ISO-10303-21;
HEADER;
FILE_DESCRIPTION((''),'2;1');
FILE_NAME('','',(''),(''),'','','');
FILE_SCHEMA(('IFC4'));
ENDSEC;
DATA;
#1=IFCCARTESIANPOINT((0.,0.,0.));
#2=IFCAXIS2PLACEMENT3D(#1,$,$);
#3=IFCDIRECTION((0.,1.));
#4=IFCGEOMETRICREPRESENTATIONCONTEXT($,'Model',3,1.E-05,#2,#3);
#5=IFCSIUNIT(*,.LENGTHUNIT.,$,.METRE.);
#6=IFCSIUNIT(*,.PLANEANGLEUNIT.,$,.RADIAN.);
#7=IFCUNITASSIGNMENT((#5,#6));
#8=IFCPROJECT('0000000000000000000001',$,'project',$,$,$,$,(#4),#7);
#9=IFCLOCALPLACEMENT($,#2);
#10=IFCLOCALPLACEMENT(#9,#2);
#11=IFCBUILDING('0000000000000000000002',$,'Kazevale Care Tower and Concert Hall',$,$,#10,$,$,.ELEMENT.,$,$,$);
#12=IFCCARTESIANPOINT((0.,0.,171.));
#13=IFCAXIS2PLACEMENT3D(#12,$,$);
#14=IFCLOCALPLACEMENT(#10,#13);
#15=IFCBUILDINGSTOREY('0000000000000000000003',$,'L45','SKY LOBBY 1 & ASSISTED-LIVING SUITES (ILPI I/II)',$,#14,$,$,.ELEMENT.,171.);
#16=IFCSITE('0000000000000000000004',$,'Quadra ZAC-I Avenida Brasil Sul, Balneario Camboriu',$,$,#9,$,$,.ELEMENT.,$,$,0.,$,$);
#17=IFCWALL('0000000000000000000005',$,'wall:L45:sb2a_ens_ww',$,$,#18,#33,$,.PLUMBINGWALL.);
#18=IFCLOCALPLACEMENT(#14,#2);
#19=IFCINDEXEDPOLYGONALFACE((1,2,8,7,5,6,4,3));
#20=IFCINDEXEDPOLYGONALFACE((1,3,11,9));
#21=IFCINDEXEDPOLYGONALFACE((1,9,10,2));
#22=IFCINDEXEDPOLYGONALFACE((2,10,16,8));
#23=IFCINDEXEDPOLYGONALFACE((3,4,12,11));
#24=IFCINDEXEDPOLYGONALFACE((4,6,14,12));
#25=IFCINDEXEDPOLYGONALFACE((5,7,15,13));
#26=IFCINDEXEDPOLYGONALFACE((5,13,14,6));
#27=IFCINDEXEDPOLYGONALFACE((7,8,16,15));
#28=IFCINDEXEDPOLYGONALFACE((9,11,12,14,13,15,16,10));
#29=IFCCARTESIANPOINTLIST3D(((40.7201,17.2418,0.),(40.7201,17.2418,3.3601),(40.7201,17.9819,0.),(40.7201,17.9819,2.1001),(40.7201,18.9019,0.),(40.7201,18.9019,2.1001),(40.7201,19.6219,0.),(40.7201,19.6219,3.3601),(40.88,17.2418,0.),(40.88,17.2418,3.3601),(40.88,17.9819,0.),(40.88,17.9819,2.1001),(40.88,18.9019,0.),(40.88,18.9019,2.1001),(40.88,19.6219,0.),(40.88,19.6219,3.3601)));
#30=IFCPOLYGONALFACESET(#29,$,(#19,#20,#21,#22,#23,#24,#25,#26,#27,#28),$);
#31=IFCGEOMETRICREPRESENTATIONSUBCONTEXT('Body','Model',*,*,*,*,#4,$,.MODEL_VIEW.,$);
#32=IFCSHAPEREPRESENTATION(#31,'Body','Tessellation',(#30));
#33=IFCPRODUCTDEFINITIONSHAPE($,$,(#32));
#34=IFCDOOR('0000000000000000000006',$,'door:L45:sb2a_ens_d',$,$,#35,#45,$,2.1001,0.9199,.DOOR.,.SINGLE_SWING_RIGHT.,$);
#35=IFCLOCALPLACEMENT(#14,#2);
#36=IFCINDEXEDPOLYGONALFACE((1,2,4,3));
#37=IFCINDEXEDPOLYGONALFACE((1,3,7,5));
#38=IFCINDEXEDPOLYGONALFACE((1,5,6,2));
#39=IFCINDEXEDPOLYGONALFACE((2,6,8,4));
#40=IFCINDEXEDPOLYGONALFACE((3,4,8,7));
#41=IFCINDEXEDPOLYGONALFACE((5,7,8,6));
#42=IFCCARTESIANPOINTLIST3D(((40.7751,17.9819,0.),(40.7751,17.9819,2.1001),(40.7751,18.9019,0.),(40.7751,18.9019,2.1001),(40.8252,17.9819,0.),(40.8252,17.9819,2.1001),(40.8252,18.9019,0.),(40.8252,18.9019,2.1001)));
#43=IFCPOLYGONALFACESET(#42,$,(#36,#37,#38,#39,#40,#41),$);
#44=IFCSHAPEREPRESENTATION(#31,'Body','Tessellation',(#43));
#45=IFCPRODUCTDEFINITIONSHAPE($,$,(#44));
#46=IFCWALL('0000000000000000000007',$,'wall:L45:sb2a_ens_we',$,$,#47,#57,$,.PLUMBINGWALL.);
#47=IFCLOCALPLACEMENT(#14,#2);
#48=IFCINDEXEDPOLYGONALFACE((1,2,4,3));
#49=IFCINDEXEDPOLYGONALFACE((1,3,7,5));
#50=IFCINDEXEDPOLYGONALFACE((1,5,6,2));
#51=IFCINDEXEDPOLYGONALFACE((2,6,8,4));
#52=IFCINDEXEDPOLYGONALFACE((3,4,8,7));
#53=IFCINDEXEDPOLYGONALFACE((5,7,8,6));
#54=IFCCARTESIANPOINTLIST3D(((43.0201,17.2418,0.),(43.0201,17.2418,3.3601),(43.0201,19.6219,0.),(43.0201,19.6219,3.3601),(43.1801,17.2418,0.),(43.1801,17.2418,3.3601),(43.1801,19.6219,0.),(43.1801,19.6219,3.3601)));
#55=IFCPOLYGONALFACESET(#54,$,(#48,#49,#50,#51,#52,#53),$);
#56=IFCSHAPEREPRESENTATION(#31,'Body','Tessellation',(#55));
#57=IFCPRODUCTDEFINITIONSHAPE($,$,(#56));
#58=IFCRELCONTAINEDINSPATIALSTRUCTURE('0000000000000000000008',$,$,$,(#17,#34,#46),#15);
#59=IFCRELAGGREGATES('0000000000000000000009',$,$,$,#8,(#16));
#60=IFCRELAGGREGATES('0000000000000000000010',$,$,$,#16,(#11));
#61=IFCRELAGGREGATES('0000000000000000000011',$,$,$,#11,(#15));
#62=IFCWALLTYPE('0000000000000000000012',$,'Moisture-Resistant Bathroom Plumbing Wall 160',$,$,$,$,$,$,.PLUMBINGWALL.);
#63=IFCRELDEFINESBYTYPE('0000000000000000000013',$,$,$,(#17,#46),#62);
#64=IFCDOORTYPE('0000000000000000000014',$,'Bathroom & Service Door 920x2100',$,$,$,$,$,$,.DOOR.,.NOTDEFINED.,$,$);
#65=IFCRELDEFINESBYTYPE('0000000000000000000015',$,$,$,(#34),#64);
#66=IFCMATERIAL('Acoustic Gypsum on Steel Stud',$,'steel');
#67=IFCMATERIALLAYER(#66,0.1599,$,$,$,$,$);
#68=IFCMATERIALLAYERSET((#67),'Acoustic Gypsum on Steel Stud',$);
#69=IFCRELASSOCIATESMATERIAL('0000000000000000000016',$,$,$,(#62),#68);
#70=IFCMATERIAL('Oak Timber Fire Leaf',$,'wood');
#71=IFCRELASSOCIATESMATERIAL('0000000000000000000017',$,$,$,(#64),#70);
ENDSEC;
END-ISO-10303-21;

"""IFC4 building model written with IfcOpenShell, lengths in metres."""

from ifc_helpers import new_model, si_unit, direction, frame, frame_2d, origin, place, context, subcontext, project, spatial, rectangle, extrude, material, layer, layer_set, type_object, element, fill, save


model = new_model("IFC4")

# Units and contexts
model_context = context("Model", 3, precision=1e-05, world=origin(), true_north=direction((0.0, 1.0)))
body_context = subcontext(model_context, "Body", "Model", "MODEL_VIEW")
ifc_project = project(units=[si_unit("LENGTHUNIT", "METRE"), si_unit("PLANEANGLEUNIT", "RADIAN")], contexts=[model_context])

# Site, building, storey
site_placement = place(None, origin())
site = spatial("IfcSite", under=ifc_project, at=site_placement, Name="Quadra ZAC-I Avenida Brasil Sul, Balneario Camboriu", CompositionType="ELEMENT", RefElevation=0.0)
building_placement = place(site_placement, origin())
building = spatial("IfcBuilding", under=site, at=building_placement, Name="Kazevale Care Tower and Concert Hall", CompositionType="ELEMENT")
storey_placement = place(building_placement, frame((0.0, 0.0, 171.0)))
storey = spatial("IfcBuildingStorey", under=building, at=storey_placement, Name="L45", Description="SKY LOBBY 1 & ASSISTED-LIVING SUITES (ILPI I/II)", CompositionType="ELEMENT", Elevation=171.0)

# Shared definitions
ifc_material_1 = material(Name="Acoustic Gypsum on Steel Stud", Category="steel")

# Shared definitions
ifc_material_2 = material(Name="Oak Timber Fire Leaf", Category="wood")

# Shared definitions
ifc_layer_1 = layer(ifc_material_1, 0.1599)
ifc_layer_set_1 = layer_set([ifc_layer_1], Name="Acoustic Gypsum on Steel Stud")
wall_type_1 = type_object("IfcWallType", Name="Moisture-Resistant Bathroom Plumbing Wall 160", PredefinedType="PLUMBINGWALL", material=ifc_layer_set_1)

# Wall, opening, door
wall_1_placement = place(storey_placement, frame((40.8, 17.2419, 0.0), z_axis=(0.0, 0.0, 1.0), x_axis=(0.0, 1.0, 0.0)))
wall_1 = element("IfcWall", 1, at=wall_1_placement, inside=storey, type_object=wall_type_1, Name="wall:L45:sb2a_ens_ww", PredefinedType="PLUMBINGWALL", context=body_context, shape_type="SweptSolid", body=[
    extrude(rectangle(XDim=2.3801, YDim=0.1599, at=frame_2d((1.1899, 0.0))), origin(), (0.0, 0.0, 1.0), 3.3601),
])
opening_1_placement = place(wall_1_placement, frame((0.74, 0.0, 0.0)))
opening_1 = element("IfcOpeningElement", 2, at=opening_1_placement, cuts=wall_1, PredefinedType="OPENING", context=body_context, shape_type="SweptSolid", body=[
    extrude(rectangle(XDim=0.9199, YDim=2.1001, at=frame_2d((0.46, 1.05))), frame((0.0, 0.0898, 0.0), z_axis=(0.0, -1.0, 0.0), x_axis=(1.0, 0.0, 0.0)), (0.0, 0.0, 1.0), 0.1799),
])
door_type_1 = type_object("IfcDoorType", Name="Bathroom & Service Door 920x2100", OperationType="NOTDEFINED", PredefinedType="DOOR", material=ifc_material_2)
door_1_placement = place(opening_1_placement, origin())
door_1 = element("IfcDoor", 3, at=door_1_placement, inside=storey, type_object=door_type_1, Name="door:L45:sb2a_ens_d", OperationType="SINGLE_SWING_RIGHT", OverallHeight=2.1001, OverallWidth=0.9199, PredefinedType="DOOR", context=body_context, shape_type="SweptSolid", body=[
    extrude(rectangle(XDim=0.9199, YDim=2.1001, at=frame_2d((0.46, 1.05))), frame((0.0, 0.0249, 0.0), z_axis=(0.0, -1.0, 0.0), x_axis=(1.0, 0.0, 0.0)), (0.0, 0.0, 1.0), 0.05),
])
fill(opening_1, door_1)

# Wall
wall_2_placement = place(storey_placement, frame((43.1001, 17.2419, 0.0), z_axis=(0.0, 0.0, 1.0), x_axis=(0.0, 1.0, 0.0)))
element("IfcWall", 4, at=wall_2_placement, inside=storey, type_object=wall_type_1, Name="wall:L45:sb2a_ens_we", PredefinedType="PLUMBINGWALL", context=body_context, shape_type="SweptSolid", body=[
    extrude(rectangle(XDim=2.3801, YDim=0.1599, at=frame_2d((1.1899, 0.0))), origin(), (0.0, 0.0, 1.0), 3.3601),
])

save(model, "model.ifc")
